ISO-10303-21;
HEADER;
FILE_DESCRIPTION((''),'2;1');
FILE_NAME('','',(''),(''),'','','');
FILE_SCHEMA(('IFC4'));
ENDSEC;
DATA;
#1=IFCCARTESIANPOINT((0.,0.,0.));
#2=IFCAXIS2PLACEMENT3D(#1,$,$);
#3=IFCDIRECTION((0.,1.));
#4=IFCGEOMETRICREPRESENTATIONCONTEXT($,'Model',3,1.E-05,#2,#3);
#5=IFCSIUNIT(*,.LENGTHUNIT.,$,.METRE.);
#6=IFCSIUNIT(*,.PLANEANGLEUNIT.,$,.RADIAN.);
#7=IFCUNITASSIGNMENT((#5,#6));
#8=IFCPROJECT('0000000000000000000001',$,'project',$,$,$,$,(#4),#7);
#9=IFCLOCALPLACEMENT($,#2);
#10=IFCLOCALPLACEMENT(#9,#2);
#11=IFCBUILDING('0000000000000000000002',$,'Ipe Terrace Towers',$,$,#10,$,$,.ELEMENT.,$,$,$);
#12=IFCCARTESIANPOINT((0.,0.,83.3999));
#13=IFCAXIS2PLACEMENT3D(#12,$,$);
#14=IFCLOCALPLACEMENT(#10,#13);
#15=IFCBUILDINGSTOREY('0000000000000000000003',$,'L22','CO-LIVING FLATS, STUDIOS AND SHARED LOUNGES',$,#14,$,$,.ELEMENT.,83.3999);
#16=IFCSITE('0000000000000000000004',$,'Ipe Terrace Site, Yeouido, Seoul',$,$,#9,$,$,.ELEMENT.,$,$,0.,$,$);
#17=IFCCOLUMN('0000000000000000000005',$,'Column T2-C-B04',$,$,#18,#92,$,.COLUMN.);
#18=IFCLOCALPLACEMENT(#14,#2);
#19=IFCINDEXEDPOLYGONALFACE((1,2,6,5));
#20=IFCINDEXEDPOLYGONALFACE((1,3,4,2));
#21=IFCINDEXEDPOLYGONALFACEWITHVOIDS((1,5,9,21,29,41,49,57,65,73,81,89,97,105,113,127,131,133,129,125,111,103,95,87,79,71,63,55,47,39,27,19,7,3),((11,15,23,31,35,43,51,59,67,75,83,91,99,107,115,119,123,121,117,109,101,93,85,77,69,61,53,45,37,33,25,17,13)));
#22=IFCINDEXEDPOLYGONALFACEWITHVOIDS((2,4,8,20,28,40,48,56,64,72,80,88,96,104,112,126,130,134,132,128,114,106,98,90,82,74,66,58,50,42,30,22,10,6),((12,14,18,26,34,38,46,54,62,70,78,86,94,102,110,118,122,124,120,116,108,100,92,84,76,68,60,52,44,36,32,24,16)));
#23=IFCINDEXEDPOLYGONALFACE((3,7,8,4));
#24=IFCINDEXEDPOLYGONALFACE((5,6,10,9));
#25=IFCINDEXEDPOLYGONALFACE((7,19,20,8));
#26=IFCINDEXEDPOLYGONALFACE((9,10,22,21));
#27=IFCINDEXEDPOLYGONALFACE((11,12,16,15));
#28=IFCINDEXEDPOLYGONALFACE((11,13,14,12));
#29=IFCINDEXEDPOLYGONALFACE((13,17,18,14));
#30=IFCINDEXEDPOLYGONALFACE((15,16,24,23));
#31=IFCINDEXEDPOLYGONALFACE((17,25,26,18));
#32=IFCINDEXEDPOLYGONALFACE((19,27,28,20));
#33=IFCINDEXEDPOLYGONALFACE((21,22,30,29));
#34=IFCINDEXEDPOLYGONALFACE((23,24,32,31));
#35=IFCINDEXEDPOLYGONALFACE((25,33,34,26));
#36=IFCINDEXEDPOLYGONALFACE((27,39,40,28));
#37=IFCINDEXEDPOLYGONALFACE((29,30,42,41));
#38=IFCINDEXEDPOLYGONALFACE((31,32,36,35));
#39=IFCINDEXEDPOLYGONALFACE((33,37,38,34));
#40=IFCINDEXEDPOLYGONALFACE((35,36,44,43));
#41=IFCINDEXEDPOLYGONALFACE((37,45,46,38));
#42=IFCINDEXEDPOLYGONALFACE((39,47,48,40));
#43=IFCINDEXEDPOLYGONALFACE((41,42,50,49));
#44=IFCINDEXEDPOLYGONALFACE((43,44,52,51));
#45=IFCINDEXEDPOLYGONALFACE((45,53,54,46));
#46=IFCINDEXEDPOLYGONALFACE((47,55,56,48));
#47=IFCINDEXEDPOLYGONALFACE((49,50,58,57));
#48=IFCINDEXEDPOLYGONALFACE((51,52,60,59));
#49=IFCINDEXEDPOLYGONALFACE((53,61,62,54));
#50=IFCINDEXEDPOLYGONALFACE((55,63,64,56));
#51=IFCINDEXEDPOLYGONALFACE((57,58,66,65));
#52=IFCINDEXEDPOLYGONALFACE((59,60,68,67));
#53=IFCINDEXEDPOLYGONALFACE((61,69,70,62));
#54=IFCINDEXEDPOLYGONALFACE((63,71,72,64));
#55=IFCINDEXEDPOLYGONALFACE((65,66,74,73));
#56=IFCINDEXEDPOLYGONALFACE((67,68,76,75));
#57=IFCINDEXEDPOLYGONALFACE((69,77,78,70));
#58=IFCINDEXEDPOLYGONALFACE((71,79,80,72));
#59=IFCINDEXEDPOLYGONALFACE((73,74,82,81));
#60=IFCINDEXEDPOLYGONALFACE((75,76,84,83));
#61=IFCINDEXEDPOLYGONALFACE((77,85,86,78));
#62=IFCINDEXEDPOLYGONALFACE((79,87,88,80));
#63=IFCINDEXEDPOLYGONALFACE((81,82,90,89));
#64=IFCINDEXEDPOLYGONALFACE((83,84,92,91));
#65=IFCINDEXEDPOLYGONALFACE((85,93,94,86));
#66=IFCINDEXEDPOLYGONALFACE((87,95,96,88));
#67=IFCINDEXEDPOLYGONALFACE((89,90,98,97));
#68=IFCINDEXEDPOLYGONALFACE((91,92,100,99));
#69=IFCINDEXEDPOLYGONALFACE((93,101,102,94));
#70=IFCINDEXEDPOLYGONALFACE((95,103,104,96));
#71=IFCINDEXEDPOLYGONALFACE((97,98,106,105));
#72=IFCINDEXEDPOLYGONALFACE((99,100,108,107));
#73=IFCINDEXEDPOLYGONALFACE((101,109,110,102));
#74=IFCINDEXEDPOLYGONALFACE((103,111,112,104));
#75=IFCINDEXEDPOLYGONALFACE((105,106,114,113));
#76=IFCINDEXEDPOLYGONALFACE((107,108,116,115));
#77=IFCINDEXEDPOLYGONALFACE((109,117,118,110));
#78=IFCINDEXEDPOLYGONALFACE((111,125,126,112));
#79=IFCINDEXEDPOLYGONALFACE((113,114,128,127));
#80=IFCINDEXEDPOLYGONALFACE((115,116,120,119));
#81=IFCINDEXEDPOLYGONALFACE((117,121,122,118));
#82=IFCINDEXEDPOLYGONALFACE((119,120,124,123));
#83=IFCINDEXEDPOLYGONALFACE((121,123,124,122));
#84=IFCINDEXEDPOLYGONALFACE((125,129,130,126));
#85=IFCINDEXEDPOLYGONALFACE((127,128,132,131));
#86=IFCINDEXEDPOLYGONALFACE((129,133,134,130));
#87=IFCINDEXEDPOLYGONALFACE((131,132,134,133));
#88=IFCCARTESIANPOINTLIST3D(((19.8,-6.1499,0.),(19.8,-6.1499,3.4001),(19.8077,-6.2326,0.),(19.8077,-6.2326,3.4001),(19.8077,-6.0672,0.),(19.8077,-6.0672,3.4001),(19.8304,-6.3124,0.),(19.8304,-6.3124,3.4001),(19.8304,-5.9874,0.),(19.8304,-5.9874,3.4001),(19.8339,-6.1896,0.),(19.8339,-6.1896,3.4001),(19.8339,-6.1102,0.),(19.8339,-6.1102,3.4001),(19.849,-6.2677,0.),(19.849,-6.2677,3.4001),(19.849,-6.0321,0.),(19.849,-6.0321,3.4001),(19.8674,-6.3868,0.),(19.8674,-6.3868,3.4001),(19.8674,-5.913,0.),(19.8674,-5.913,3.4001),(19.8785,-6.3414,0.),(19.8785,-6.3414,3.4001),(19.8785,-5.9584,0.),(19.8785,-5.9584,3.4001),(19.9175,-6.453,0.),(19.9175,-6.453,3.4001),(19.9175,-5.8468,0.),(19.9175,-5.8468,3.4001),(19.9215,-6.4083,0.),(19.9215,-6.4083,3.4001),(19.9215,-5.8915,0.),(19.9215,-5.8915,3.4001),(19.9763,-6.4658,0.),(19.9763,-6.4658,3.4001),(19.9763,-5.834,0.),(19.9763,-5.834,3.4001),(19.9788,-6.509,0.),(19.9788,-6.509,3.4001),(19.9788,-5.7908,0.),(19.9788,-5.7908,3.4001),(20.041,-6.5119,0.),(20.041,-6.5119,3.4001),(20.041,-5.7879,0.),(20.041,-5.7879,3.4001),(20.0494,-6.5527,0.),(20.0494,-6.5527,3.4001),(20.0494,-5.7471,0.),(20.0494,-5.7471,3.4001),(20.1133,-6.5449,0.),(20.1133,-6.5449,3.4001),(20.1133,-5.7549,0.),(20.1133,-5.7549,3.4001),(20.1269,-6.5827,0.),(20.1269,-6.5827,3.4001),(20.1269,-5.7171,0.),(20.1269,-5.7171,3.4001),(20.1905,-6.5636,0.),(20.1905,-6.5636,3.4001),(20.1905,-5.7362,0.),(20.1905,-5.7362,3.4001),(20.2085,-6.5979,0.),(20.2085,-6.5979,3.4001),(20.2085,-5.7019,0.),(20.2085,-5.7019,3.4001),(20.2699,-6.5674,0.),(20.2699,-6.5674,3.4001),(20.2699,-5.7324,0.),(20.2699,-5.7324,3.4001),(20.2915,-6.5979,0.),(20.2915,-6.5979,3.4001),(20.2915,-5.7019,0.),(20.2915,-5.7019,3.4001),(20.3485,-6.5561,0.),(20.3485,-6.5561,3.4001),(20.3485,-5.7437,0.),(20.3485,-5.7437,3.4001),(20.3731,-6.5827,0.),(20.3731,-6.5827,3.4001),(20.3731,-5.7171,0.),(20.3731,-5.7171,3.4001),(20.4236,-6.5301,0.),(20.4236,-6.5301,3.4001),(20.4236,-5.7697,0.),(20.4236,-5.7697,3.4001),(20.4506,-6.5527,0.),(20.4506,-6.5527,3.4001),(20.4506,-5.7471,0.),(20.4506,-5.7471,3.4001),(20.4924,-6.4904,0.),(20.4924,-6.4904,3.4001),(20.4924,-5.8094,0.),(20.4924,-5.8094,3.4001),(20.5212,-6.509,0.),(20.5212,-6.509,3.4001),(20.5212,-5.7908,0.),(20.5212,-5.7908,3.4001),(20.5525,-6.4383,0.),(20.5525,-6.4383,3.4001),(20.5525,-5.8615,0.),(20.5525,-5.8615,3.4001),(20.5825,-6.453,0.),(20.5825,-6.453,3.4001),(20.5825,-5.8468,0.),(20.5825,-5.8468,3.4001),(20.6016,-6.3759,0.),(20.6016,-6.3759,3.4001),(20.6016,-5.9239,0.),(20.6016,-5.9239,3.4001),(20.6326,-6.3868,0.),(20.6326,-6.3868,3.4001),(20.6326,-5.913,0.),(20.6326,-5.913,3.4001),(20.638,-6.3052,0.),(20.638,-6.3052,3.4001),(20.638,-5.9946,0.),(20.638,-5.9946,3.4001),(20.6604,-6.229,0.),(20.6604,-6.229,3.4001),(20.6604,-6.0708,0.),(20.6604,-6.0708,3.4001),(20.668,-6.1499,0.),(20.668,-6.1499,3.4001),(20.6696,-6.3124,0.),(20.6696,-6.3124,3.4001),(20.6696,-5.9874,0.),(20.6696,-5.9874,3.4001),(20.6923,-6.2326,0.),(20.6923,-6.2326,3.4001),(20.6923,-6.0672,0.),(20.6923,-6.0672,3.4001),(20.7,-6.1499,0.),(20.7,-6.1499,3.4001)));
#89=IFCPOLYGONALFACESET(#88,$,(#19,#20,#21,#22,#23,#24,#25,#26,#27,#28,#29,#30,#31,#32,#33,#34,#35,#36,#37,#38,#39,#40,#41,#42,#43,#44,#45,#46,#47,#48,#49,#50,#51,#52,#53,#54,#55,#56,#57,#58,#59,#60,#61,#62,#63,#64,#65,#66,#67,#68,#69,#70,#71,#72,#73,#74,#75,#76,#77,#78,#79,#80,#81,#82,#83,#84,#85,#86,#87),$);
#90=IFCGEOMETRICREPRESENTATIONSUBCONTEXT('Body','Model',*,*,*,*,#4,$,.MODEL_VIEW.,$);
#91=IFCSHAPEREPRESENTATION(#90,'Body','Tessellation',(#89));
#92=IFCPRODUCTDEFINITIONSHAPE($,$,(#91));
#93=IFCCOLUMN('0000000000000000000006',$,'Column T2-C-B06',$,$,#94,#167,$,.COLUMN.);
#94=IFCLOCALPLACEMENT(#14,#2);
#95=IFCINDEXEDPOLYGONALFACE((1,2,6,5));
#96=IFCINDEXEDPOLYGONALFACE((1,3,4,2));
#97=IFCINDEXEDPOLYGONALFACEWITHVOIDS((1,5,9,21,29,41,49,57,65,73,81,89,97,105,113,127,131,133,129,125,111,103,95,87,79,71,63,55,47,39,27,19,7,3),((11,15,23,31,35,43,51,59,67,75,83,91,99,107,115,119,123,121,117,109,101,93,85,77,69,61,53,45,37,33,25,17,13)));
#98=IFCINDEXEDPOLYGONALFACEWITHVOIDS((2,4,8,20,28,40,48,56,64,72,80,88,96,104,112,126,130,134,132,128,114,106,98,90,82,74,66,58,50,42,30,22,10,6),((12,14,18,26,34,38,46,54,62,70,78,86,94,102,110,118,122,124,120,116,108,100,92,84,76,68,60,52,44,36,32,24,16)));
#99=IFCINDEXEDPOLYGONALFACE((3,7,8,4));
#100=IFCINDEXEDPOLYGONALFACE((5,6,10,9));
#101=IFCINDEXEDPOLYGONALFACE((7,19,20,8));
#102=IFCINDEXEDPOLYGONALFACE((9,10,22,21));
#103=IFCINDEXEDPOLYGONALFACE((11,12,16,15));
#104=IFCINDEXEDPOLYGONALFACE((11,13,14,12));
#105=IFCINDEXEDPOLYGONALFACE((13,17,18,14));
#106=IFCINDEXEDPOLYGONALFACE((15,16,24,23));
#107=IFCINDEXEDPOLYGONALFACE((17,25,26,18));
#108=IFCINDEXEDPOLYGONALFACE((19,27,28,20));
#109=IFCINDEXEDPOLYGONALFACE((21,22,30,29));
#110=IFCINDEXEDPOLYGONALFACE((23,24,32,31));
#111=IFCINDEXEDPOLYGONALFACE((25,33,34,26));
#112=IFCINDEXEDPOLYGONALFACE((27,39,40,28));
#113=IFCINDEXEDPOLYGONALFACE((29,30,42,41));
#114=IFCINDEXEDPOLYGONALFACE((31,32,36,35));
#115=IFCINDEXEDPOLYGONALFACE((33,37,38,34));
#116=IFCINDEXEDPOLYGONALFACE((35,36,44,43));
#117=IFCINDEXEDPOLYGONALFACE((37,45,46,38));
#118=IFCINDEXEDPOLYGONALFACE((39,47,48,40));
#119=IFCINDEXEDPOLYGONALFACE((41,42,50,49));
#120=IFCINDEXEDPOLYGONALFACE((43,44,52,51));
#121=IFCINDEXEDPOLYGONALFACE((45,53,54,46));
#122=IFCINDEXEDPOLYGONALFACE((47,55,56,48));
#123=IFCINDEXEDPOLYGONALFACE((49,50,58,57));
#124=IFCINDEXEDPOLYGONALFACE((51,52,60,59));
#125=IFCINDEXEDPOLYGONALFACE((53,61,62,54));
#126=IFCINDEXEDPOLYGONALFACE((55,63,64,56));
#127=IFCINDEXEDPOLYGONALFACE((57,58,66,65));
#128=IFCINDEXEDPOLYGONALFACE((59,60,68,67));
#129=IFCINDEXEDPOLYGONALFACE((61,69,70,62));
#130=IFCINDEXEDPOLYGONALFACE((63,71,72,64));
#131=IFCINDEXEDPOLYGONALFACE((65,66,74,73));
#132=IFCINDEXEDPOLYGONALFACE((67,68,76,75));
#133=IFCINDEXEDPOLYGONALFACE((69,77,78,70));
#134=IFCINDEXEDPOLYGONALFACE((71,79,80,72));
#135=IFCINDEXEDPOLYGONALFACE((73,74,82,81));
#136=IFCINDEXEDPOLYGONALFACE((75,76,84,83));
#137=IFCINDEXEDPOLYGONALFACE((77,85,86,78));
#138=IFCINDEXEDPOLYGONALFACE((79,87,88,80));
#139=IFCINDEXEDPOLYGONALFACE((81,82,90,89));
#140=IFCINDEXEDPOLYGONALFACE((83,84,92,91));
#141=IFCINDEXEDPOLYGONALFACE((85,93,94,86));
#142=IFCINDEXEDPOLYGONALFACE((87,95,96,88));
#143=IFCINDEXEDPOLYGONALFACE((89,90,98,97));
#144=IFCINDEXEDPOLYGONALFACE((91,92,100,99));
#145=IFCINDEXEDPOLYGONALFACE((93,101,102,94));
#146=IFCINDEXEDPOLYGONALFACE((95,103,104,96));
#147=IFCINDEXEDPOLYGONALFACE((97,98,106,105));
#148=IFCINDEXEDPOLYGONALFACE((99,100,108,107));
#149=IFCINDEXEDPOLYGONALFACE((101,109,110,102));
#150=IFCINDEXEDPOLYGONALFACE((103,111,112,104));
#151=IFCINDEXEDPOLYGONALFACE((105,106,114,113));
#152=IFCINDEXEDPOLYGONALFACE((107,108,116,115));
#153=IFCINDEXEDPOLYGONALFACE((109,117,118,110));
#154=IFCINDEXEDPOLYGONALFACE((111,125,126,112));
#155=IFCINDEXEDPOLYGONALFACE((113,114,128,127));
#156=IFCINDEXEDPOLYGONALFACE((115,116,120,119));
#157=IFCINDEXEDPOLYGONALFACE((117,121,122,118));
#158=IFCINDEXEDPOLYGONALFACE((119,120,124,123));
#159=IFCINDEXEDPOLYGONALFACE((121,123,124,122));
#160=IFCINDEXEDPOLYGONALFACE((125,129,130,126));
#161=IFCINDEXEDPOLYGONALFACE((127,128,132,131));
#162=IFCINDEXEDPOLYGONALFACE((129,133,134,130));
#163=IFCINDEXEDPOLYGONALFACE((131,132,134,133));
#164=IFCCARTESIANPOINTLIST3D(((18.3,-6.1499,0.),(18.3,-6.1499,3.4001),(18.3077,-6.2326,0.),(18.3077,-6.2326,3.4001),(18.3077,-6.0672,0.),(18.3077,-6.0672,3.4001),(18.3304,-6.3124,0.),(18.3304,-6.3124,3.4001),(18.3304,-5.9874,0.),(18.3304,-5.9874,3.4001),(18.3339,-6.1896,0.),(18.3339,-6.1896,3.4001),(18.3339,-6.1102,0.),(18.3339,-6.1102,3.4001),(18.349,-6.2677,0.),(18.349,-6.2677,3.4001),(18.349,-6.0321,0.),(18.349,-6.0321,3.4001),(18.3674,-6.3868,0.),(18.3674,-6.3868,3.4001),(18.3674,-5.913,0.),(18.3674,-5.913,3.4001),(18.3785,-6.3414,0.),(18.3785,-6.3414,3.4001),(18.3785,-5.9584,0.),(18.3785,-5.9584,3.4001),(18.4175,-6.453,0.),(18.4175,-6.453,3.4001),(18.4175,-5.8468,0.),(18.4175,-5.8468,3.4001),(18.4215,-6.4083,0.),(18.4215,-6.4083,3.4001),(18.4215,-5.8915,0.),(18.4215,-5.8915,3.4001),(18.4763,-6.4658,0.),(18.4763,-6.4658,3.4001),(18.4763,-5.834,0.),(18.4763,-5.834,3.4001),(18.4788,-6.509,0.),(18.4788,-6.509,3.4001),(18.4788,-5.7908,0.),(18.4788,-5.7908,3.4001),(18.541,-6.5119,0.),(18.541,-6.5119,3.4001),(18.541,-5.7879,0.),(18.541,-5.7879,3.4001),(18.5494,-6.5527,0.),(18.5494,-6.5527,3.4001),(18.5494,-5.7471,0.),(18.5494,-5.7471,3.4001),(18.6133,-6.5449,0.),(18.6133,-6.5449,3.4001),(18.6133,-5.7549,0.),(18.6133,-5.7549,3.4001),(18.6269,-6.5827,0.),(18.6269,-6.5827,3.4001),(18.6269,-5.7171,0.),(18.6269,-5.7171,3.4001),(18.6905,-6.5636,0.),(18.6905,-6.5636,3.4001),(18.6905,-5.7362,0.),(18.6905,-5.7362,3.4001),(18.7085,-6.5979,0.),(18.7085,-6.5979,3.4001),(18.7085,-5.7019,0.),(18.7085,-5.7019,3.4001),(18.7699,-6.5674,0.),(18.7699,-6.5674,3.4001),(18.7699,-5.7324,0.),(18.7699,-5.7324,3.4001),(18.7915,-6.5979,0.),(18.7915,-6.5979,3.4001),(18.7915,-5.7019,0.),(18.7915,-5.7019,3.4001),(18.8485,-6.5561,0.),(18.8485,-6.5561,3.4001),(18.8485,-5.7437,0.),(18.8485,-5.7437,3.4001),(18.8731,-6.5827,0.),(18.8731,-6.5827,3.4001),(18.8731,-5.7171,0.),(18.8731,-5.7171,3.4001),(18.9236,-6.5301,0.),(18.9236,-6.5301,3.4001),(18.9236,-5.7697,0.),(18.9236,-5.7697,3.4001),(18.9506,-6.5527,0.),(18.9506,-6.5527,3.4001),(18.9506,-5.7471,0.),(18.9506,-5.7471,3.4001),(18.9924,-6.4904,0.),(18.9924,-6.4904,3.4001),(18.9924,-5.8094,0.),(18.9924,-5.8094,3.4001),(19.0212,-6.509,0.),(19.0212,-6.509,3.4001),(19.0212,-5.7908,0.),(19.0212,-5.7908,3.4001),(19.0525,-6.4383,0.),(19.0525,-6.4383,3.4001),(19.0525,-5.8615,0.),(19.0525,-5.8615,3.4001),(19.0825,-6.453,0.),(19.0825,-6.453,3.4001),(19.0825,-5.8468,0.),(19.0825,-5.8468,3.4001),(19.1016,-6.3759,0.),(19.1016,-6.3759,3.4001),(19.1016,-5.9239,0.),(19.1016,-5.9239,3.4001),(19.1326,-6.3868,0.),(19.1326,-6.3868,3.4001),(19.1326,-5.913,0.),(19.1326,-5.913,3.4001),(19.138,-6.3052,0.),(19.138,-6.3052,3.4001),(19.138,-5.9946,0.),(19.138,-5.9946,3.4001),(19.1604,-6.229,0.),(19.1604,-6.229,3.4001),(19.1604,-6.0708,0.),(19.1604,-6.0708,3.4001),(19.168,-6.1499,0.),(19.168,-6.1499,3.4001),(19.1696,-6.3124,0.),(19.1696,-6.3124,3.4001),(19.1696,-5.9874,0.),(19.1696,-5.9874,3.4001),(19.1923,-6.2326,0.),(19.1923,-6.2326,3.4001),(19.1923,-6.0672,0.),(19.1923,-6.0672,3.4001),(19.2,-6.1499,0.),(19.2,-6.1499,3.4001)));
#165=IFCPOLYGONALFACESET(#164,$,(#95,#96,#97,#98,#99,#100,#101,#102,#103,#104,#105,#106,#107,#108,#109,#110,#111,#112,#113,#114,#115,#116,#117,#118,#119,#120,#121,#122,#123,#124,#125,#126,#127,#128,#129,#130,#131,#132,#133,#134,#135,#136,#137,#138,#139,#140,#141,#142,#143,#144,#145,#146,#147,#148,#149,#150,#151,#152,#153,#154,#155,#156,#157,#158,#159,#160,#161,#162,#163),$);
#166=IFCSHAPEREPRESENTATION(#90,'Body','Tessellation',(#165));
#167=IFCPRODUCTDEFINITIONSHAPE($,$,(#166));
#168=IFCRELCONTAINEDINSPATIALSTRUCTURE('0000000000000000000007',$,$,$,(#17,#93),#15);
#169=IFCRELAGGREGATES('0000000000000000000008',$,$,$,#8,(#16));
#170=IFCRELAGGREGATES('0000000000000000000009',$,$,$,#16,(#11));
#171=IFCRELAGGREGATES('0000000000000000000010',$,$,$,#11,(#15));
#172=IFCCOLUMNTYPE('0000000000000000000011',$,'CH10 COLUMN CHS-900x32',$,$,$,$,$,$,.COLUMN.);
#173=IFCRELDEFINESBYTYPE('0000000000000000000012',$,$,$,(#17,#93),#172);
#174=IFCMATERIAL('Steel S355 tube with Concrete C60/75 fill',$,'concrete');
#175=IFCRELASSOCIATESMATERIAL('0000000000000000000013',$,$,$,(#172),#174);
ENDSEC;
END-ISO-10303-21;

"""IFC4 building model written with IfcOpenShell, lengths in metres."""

from ifc_helpers import new_model, si_unit, direction, frame, origin, origin_2d, place, context, subcontext, project, spatial, hollow_circle, extrude, material, material_profile, profile_set, type_object, element, save


model = new_model("IFC4")

# Units and contexts
model_context = context("Model", 3, precision=1e-05, world=origin(), true_north=direction((0.0, 1.0)))
body_context = subcontext(model_context, "Body", "Model", "MODEL_VIEW")
ifc_project = project(units=[si_unit("LENGTHUNIT", "METRE"), si_unit("PLANEANGLEUNIT", "RADIAN")], contexts=[model_context])

# Site, building, storey
site_placement = place(None, origin())
site = spatial("IfcSite", under=ifc_project, at=site_placement, Name="Ipe Terrace Site, Yeouido, Seoul", CompositionType="ELEMENT", RefElevation=0.0)
building_placement = place(site_placement, origin())
building = spatial("IfcBuilding", under=site, at=building_placement, Name="Ipe Terrace Towers", CompositionType="ELEMENT")
storey_placement = place(building_placement, frame((0.0, 0.0, 83.3999)))
storey = spatial("IfcBuildingStorey", under=building, at=storey_placement, Name="L22", Description="CO-LIVING FLATS, STUDIOS AND SHARED LOUNGES", CompositionType="ELEMENT", Elevation=83.3999)

# Columns
ifc_material_1 = material(Name="Steel S355 tube with Concrete C60/75 fill", Category="concrete")
ifc_material_profile_1 = material_profile(ifc_material_1, hollow_circle(Radius=0.45, WallThickness=0.032, at=origin_2d()), Name="CHS-900x32")
ifc_profile_set_1 = profile_set([ifc_material_profile_1], Name="Steel S355 tube with Concrete C60/75 fill")
column_type = type_object("IfcColumnType", Name="CH10 COLUMN CHS-900x32", PredefinedType="COLUMN", material=ifc_profile_set_1)
for number, where, z_axis, x_axis, name in (
    (1, (20.25, -6.1499, 0.0), (0.0, 0.0, 1.0), (1.0, 0.0, 0.0), "Column T2-C-B04"),
    (2, (18.75, -6.1499, 0.0), (0.0, 0.0, 1.0), (1.0, 0.0, 0.0), "Column T2-C-B06"),
):
    element("IfcColumn", number, at=place(storey_placement, frame(where, z_axis=z_axis, x_axis=x_axis)), inside=storey, type_object=column_type, Name=name, PredefinedType="COLUMN", context=body_context, shape_type="SweptSolid", body=[
        extrude(hollow_circle(Radius=0.45, WallThickness=0.032, at=origin_2d()), origin(), (0.0, 0.0, 1.0), 3.4001),
    ])

save(model, "model.ifc")
